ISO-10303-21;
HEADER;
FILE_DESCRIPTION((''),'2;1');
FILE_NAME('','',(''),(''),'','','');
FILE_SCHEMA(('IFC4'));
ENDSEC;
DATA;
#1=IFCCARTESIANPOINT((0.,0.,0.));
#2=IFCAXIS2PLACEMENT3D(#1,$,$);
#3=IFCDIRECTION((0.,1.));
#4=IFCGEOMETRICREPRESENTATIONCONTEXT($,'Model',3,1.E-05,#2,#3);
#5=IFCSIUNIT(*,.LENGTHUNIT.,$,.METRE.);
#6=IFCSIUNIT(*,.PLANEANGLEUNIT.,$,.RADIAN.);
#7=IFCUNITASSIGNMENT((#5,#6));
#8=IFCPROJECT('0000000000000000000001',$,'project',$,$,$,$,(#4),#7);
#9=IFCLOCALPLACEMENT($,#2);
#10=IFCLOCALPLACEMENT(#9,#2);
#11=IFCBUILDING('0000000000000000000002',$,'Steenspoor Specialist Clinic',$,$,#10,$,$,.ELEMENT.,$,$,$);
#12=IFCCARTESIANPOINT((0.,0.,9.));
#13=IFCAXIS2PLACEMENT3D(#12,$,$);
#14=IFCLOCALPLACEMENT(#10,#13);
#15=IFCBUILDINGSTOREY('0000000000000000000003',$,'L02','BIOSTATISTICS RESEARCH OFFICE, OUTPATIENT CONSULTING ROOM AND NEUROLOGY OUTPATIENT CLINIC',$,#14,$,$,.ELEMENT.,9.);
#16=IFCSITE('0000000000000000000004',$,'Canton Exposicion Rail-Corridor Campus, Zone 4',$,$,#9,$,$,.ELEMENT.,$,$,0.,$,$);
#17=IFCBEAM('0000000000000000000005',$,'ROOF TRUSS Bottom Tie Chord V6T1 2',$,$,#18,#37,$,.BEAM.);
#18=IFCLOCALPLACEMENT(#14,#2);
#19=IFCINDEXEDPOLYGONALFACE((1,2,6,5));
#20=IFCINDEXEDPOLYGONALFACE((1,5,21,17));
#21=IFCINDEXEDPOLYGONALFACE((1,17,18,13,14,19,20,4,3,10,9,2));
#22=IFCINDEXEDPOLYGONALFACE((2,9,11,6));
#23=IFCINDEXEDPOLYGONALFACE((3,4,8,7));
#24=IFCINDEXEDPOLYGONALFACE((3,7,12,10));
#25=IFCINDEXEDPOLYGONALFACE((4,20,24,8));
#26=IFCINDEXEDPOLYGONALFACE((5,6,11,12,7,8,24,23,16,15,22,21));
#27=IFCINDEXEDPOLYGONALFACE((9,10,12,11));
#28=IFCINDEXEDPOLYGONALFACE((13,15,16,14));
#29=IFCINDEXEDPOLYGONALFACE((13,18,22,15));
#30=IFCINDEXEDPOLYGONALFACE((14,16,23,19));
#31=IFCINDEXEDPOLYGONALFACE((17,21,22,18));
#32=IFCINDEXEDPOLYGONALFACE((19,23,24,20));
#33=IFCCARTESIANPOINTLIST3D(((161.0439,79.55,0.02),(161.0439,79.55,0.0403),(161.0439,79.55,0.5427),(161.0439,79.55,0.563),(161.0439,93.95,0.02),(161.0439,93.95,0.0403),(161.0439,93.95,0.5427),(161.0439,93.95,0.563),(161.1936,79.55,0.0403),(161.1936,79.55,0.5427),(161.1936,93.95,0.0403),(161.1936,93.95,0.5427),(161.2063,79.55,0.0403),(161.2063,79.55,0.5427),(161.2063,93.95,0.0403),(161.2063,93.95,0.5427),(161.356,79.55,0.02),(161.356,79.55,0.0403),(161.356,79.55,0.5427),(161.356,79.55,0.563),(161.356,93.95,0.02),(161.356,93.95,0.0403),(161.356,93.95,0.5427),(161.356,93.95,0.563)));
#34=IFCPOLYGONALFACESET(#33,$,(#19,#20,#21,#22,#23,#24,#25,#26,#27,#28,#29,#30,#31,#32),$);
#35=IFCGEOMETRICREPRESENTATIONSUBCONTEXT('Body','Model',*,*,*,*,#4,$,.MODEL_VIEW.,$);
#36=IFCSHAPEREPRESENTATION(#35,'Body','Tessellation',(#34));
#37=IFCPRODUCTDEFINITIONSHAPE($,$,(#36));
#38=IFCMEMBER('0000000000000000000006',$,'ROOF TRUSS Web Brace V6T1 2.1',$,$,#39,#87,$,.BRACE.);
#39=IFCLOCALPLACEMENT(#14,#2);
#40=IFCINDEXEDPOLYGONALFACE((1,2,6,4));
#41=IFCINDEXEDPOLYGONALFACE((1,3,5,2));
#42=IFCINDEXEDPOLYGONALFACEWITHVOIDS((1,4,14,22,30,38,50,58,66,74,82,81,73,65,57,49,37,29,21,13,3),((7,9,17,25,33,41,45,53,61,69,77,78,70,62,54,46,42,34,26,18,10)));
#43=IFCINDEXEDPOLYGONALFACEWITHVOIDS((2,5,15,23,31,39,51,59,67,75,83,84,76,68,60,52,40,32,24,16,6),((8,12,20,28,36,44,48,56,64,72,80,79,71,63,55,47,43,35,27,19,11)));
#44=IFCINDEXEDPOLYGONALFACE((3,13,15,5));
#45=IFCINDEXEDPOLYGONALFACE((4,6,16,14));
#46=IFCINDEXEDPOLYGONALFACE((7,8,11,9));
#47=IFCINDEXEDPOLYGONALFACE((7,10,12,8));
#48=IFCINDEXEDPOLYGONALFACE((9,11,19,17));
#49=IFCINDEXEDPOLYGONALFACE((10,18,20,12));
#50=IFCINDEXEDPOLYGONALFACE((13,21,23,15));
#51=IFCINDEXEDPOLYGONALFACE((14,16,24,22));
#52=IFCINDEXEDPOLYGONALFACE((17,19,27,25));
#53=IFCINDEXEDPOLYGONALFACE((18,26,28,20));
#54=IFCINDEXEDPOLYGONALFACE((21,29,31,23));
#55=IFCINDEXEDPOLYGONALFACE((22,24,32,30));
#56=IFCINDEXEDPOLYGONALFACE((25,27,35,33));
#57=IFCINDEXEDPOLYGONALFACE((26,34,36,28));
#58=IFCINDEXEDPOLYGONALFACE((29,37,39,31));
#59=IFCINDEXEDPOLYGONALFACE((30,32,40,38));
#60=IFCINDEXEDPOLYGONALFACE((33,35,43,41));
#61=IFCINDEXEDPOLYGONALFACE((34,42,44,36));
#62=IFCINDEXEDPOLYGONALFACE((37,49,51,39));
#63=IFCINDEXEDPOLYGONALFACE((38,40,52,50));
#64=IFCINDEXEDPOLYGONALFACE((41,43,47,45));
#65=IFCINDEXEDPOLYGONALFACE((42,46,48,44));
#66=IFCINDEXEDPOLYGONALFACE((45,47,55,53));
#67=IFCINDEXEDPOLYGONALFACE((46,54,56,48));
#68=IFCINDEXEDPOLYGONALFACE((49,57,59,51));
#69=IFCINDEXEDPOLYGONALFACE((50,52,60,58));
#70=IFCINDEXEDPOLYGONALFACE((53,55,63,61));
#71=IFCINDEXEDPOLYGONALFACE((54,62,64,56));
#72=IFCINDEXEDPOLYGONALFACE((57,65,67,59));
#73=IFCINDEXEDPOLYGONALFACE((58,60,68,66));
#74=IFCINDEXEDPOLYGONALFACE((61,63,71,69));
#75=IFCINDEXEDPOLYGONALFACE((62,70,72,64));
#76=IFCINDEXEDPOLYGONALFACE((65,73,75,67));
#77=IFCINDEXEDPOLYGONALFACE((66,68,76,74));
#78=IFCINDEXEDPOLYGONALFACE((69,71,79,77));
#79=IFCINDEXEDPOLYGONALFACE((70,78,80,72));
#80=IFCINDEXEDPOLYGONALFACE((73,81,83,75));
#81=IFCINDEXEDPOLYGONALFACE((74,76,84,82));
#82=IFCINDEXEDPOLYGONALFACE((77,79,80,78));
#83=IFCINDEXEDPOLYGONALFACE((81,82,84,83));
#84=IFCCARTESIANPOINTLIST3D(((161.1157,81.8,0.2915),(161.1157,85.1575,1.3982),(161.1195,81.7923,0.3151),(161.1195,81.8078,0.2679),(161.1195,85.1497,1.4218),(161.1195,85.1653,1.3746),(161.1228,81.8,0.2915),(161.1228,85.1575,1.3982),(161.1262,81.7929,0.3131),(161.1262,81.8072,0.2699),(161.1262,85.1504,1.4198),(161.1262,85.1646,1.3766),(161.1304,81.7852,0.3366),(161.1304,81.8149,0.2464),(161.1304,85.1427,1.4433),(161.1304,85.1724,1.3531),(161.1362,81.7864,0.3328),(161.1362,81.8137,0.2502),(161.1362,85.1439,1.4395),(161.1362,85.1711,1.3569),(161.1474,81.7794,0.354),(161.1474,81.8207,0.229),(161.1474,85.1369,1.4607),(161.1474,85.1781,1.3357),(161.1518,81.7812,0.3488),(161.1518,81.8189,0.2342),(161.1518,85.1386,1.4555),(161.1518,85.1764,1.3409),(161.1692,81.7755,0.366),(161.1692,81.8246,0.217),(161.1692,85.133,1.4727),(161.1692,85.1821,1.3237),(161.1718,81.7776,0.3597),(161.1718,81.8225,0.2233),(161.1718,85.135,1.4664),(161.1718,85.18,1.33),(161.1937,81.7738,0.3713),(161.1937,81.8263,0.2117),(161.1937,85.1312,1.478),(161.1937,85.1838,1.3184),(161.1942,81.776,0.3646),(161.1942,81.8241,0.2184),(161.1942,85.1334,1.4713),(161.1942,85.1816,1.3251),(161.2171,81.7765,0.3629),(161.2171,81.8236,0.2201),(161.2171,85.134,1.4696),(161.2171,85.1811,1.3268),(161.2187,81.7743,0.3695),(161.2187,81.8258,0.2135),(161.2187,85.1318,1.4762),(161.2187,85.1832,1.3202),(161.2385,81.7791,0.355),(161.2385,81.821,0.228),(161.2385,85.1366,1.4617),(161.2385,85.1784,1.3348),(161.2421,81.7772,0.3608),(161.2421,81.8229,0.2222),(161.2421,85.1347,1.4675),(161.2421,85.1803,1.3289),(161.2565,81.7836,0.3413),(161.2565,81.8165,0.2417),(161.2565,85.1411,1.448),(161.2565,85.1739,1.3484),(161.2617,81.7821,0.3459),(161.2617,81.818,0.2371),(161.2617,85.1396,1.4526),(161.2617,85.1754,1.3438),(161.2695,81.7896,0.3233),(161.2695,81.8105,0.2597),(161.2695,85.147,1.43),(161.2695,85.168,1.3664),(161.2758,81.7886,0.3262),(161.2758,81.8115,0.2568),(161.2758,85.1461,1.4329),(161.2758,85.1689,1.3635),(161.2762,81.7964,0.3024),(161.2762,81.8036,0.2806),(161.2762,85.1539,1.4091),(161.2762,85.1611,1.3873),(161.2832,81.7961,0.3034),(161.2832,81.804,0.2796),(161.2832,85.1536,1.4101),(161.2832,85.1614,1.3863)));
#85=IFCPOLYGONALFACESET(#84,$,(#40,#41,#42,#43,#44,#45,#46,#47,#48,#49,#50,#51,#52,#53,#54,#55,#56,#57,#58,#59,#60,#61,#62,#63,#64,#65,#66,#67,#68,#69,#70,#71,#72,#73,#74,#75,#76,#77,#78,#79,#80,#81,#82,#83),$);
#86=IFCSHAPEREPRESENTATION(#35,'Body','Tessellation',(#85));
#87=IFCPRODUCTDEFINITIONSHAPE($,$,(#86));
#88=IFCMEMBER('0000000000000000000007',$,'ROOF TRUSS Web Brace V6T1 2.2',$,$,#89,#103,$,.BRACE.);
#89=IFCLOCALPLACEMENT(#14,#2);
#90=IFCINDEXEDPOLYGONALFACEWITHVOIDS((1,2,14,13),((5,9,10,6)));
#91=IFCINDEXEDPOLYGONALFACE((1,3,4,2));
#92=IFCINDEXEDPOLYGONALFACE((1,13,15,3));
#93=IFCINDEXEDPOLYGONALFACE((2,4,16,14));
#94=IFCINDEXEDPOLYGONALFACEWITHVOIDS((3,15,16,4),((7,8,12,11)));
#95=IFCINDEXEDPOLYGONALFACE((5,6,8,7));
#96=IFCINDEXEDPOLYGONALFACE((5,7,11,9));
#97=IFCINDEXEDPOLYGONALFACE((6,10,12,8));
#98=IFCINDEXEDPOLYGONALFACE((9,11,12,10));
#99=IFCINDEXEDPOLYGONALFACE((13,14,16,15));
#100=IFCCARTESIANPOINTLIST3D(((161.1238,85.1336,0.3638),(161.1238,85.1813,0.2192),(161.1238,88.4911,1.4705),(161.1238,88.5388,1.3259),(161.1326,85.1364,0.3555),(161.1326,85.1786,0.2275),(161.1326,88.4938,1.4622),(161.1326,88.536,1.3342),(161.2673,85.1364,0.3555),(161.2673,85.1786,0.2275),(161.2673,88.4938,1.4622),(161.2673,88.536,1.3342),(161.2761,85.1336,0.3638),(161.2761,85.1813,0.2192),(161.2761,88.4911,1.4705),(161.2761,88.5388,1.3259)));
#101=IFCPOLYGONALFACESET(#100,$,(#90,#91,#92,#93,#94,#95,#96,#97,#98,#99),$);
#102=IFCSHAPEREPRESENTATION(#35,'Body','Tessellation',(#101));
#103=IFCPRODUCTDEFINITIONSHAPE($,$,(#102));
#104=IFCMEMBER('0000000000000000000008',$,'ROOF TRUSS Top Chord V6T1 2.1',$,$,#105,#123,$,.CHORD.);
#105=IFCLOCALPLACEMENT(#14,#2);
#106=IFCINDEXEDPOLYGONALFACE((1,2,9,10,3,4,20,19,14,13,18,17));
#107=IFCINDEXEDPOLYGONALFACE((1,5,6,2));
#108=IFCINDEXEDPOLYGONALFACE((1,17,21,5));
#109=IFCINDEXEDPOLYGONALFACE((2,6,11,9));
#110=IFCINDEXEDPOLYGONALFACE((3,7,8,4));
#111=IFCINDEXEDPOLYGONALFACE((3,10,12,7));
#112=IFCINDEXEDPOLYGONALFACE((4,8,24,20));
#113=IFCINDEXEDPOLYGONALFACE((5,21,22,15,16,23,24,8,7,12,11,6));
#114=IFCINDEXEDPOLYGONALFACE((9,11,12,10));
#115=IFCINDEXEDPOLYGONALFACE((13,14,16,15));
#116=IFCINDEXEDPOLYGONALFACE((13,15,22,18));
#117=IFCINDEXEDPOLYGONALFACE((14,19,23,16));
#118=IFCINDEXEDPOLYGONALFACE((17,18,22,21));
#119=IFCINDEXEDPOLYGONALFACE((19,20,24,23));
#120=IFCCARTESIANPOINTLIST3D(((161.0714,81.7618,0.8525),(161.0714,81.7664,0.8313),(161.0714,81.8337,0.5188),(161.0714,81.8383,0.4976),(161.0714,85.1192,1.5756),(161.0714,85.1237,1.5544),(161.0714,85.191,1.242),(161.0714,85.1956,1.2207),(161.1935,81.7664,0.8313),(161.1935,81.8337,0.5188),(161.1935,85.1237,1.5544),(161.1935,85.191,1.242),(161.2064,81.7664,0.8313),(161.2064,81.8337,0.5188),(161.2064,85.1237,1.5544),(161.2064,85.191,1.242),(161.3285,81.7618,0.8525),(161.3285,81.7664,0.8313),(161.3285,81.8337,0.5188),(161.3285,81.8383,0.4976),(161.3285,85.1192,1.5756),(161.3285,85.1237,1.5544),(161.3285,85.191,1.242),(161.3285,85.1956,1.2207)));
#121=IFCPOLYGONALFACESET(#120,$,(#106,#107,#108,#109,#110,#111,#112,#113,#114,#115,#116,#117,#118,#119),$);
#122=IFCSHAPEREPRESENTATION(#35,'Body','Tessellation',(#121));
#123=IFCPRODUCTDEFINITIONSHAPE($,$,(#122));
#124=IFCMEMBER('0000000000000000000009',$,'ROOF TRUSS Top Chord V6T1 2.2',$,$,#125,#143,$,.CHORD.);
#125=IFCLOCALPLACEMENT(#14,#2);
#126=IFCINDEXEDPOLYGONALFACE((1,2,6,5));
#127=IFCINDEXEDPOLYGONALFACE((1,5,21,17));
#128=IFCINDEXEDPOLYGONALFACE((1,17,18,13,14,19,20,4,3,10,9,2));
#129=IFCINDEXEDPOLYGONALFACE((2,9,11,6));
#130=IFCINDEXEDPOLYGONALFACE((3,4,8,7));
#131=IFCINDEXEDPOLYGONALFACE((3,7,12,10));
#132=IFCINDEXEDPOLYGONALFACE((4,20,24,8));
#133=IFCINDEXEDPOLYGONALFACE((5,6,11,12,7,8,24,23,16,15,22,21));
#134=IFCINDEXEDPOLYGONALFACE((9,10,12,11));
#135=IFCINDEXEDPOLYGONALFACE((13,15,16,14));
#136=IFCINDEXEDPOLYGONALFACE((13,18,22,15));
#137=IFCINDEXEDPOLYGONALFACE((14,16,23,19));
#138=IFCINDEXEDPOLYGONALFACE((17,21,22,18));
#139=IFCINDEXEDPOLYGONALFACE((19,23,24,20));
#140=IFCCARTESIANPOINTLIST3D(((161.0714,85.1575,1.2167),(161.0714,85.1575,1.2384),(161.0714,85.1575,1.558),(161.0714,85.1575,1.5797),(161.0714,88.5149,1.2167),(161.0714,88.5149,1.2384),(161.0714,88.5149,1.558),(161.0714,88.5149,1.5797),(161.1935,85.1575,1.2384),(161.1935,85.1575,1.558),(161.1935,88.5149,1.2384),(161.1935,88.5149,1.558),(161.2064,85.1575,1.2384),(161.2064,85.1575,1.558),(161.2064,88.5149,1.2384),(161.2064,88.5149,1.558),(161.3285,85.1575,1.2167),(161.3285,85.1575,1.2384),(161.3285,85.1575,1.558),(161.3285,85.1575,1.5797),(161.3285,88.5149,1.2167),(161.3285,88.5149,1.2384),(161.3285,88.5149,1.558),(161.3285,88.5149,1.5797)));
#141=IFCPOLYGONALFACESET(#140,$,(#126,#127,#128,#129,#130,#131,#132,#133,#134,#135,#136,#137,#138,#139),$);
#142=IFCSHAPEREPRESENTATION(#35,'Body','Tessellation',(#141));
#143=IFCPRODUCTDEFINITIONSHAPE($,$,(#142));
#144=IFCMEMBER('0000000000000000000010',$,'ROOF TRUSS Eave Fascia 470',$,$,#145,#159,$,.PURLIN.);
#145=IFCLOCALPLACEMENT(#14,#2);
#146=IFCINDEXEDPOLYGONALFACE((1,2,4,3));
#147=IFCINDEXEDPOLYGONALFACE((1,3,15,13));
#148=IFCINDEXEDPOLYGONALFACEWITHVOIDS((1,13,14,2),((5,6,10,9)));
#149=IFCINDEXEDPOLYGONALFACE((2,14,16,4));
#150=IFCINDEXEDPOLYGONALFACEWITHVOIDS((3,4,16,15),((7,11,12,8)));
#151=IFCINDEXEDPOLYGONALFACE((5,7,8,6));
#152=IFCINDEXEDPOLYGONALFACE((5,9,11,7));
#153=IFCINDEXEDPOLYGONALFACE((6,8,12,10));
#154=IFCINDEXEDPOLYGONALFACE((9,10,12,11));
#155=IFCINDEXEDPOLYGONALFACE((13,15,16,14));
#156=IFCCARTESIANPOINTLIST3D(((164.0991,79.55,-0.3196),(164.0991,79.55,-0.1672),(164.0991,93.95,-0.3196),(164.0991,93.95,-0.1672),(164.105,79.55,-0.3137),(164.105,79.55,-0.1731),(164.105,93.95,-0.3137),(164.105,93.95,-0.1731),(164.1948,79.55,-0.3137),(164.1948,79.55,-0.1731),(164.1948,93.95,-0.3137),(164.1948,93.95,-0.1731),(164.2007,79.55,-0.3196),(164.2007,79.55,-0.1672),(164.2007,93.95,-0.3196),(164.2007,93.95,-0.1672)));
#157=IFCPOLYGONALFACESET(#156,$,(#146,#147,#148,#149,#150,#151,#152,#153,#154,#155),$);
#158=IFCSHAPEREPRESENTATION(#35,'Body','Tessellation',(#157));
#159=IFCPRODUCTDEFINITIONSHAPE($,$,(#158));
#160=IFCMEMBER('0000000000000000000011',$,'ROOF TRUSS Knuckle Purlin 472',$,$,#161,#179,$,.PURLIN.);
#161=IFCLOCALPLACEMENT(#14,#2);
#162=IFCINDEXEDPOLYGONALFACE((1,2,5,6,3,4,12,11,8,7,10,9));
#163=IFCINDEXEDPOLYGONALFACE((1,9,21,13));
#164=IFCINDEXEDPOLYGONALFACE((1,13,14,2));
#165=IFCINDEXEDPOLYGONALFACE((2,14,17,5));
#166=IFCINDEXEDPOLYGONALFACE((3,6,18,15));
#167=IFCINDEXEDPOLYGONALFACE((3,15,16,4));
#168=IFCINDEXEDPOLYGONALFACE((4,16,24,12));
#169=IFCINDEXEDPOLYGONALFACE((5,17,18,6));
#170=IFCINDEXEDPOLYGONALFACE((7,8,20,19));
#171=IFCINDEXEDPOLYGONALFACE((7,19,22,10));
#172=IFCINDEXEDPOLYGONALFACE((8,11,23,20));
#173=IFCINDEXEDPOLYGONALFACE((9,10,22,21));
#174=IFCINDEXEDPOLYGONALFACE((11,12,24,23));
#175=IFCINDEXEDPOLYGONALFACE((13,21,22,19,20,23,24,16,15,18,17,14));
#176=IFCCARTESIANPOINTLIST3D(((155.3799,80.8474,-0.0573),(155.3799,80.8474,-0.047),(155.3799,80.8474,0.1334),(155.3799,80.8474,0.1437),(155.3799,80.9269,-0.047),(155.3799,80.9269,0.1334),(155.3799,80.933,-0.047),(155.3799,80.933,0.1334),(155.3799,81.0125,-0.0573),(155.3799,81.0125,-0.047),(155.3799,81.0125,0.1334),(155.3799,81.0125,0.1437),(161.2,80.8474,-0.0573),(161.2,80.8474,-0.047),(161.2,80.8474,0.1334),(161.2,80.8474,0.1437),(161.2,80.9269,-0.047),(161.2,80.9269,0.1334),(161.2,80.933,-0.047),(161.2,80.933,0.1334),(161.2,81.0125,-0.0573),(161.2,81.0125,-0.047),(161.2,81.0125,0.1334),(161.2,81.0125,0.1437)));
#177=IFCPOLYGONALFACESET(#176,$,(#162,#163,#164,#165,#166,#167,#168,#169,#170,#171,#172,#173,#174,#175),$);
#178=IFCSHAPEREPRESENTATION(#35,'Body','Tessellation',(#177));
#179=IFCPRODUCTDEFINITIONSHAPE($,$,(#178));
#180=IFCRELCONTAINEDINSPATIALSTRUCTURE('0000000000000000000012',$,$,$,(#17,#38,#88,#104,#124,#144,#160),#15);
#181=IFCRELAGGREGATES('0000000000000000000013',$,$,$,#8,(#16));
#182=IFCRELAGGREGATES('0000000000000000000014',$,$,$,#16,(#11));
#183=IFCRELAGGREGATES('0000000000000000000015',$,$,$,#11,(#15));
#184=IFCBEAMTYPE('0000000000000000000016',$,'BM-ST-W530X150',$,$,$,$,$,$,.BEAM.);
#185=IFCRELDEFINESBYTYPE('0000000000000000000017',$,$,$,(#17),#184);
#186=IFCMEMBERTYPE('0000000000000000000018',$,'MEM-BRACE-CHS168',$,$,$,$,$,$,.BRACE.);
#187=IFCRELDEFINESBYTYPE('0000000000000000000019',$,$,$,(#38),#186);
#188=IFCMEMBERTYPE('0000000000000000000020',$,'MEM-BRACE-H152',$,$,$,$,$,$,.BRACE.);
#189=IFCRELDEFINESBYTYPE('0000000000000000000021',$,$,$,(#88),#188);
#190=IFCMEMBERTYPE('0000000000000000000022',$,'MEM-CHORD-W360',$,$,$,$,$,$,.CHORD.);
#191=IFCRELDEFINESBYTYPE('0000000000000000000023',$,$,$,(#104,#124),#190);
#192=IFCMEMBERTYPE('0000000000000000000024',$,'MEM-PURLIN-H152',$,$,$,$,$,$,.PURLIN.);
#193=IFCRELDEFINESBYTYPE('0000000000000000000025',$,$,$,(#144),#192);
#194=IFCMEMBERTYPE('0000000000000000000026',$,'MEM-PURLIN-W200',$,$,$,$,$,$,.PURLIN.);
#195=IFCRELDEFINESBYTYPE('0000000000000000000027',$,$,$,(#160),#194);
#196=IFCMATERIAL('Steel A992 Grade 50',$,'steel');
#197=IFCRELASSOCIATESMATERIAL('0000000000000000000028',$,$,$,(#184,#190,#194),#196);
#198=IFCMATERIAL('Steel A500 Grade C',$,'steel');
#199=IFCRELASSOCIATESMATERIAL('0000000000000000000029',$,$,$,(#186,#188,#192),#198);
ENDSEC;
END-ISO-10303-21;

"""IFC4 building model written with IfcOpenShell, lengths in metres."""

from ifc_helpers import new_model, si_unit, direction, frame, origin, origin_2d, place, context, subcontext, project, spatial, hollow_rectangle, hollow_circle, i_section, extrude, material, material_profile, profile_set, type_object, element, save


model = new_model("IFC4")

# Units and contexts
model_context = context("Model", 3, precision=1e-05, world=origin(), true_north=direction((0.0, 1.0)))
body_context = subcontext(model_context, "Body", "Model", "MODEL_VIEW")
ifc_project = project(units=[si_unit("LENGTHUNIT", "METRE"), si_unit("PLANEANGLEUNIT", "RADIAN")], contexts=[model_context])

# Site, building, storey
site_placement = place(None, origin())
site = spatial("IfcSite", under=ifc_project, at=site_placement, Name="Canton Exposicion Rail-Corridor Campus, Zone 4", CompositionType="ELEMENT", RefElevation=0.0)
building_placement = place(site_placement, origin())
building = spatial("IfcBuilding", under=site, at=building_placement, Name="Steenspoor Specialist Clinic", CompositionType="ELEMENT")
storey_placement = place(building_placement, frame((0.0, 0.0, 9.0)))
storey = spatial("IfcBuildingStorey", under=building, at=storey_placement, Name="L02", Description="BIOSTATISTICS RESEARCH OFFICE, OUTPATIENT CONSULTING ROOM AND NEUROLOGY OUTPATIENT CLINIC", CompositionType="ELEMENT", Elevation=9.0)

# Beam
ifc_material_1 = material(Name="Steel A992 Grade 50", Category="steel")
ifc_material_profile_1 = material_profile(ifc_material_1, i_section(OverallWidth=0.312, OverallDepth=0.543, WebThickness=0.0127, FlangeThickness=0.0203, at=origin_2d()), Name="W530X150")
ifc_profile_set_1 = profile_set([ifc_material_profile_1], Name="Steel A992 Grade 50")
beam_type = type_object("IfcBeamType", Name="BM-ST-W530X150", PredefinedType="BEAM", material=ifc_profile_set_1)
beam_placement = place(storey_placement, frame((161.2, 79.55, 0.2915), z_axis=(0.0, 1.0, 0.0), x_axis=(-1.0, 0.0, 0.0)))
element("IfcBeam", 1, at=beam_placement, inside=storey, type_object=beam_type, Name="ROOF TRUSS Bottom Tie Chord V6T1 2", PredefinedType="BEAM", context=body_context, shape_type="SweptSolid", body=[
    extrude(i_section(OverallWidth=0.312, OverallDepth=0.543, WebThickness=0.0127, FlangeThickness=0.0203, at=origin_2d()), origin(), (0.0, 0.0, 1.0), 14.3999),
])

# Members
ifc_material_2 = material(Name="Steel A500 Grade C", Category="steel")
ifc_material_profile_2 = material_profile(ifc_material_2, hollow_circle(Radius=0.0842, WallThickness=0.0071, at=origin_2d()), Name="CHS168X7.1")
ifc_profile_set_2 = profile_set([ifc_material_profile_2], Name="Steel A500 Grade C")
member_type_1 = type_object("IfcMemberType", Name="MEM-BRACE-CHS168", PredefinedType="BRACE", material=ifc_profile_set_2)
member_1_placement = place(storey_placement, frame((161.2, 81.8, 0.2915), z_axis=(0.0, 0.949735, 0.313056), x_axis=(-1.0, 0.0, 0.0)))
element("IfcMember", 2, at=member_1_placement, inside=storey, type_object=member_type_1, Name="ROOF TRUSS Web Brace V6T1 2.1", PredefinedType="BRACE", context=body_context, shape_type="SweptSolid", body=[
    extrude(hollow_circle(Radius=0.0842, WallThickness=0.0071, at=origin_2d()), origin(), (0.0, 0.0, 1.0), 3.5352),
])
ifc_material_profile_3 = material_profile(ifc_material_2, hollow_rectangle(XDim=0.1523, YDim=0.1523, WallThickness=0.0088, at=origin_2d()), Name="HSS152X152X9.5")
ifc_profile_set_3 = profile_set([ifc_material_profile_3], Name="Steel A500 Grade C")
member_type_2 = type_object("IfcMemberType", Name="MEM-BRACE-H152", PredefinedType="BRACE", material=ifc_profile_set_3)
member_2_placement = place(storey_placement, frame((161.2, 85.1575, 0.2915), z_axis=(0.0, 0.949735, 0.313056), x_axis=(-1.0, 0.0, 0.0)))
element("IfcMember", 3, at=member_2_placement, inside=storey, type_object=member_type_2, Name="ROOF TRUSS Web Brace V6T1 2.2", PredefinedType="BRACE", context=body_context, shape_type="SweptSolid", body=[
    extrude(hollow_rectangle(XDim=0.1523, YDim=0.1523, WallThickness=0.0088, at=origin_2d()), origin(), (0.0, 0.0, 1.0), 3.5352),
])
ifc_material_profile_4 = material_profile(ifc_material_1, i_section(OverallWidth=0.2571, OverallDepth=0.363, WebThickness=0.0129, FlangeThickness=0.0217, at=origin_2d()), Name="W360X122")
ifc_profile_set_4 = profile_set([ifc_material_profile_4], Name="Steel A992 Grade 50")
member_type_3 = type_object("IfcMemberType", Name="MEM-CHORD-W360", PredefinedType="CHORD", material=ifc_profile_set_4)
member_3_placement = place(storey_placement, frame((161.2, 81.8, 0.675), z_axis=(0.0, 0.977581, 0.210558), x_axis=(-1.0, 0.0, 0.0)))
element("IfcMember", 4, at=member_3_placement, inside=storey, type_object=member_type_3, Name="ROOF TRUSS Top Chord V6T1 2.1", PredefinedType="CHORD", context=body_context, shape_type="SweptSolid", body=[
    extrude(i_section(OverallWidth=0.2571, OverallDepth=0.363, WebThickness=0.0129, FlangeThickness=0.0217, at=origin_2d()), origin(), (0.0, 0.0, 1.0), 3.4343),
])
member_4_placement = place(storey_placement, frame((161.2, 85.1575, 1.3982), z_axis=(0.0, 1.0, 0.0), x_axis=(-1.0, 0.0, 0.0)))
element("IfcMember", 5, at=member_4_placement, inside=storey, type_object=member_type_3, Name="ROOF TRUSS Top Chord V6T1 2.2", PredefinedType="CHORD", context=body_context, shape_type="SweptSolid", body=[
    extrude(i_section(OverallWidth=0.2571, OverallDepth=0.363, WebThickness=0.0129, FlangeThickness=0.0217, at=origin_2d()), origin(), (0.0, 0.0, 1.0), 3.3574),
])
ifc_material_profile_5 = material_profile(ifc_material_2, hollow_rectangle(XDim=0.1016, YDim=0.1523, WallThickness=0.0059, at=origin_2d()), Name="HSS152X102X6.4")
ifc_profile_set_5 = profile_set([ifc_material_profile_5], Name="Steel A500 Grade C")
member_type_4 = type_object("IfcMemberType", Name="MEM-PURLIN-H152", PredefinedType="PURLIN", material=ifc_profile_set_5)
member_5_placement = place(storey_placement, frame((164.1499, 79.55, -0.2434), z_axis=(0.0, 1.0, 0.0), x_axis=(-1.0, 0.0, 0.0)))
element("IfcMember", 6, at=member_5_placement, inside=storey, type_object=member_type_4, Name="ROOF TRUSS Eave Fascia 470", PredefinedType="PURLIN", context=body_context, shape_type="SweptSolid", body=[
    extrude(hollow_rectangle(XDim=0.1016, YDim=0.1523, WallThickness=0.0059, at=origin_2d()), origin(), (0.0, 0.0, 1.0), 14.3999),
])
ifc_material_profile_6 = material_profile(ifc_material_1, i_section(OverallWidth=0.165, OverallDepth=0.2009, WebThickness=0.0061, FlangeThickness=0.0103, at=origin_2d()), Name="W200X36")
ifc_profile_set_6 = profile_set([ifc_material_profile_6], Name="Steel A992 Grade 50")
member_type_5 = type_object("IfcMemberType", Name="MEM-PURLIN-W200", PredefinedType="PURLIN", material=ifc_profile_set_6)
member_6_placement = place(storey_placement, frame((155.3799, 80.9299, 0.0432), z_axis=(1.0, 0.0, 0.0), x_axis=(0.0, 1.0, 0.0)))
element("IfcMember", 7, at=member_6_placement, inside=storey, type_object=member_type_5, Name="ROOF TRUSS Knuckle Purlin 472", PredefinedType="PURLIN", context=body_context, shape_type="SweptSolid", body=[
    extrude(i_section(OverallWidth=0.165, OverallDepth=0.2009, WebThickness=0.0061, FlangeThickness=0.0103, at=origin_2d()), origin(), (0.0, 0.0, 1.0), 5.8201),
])

save(model, "model.ifc")
